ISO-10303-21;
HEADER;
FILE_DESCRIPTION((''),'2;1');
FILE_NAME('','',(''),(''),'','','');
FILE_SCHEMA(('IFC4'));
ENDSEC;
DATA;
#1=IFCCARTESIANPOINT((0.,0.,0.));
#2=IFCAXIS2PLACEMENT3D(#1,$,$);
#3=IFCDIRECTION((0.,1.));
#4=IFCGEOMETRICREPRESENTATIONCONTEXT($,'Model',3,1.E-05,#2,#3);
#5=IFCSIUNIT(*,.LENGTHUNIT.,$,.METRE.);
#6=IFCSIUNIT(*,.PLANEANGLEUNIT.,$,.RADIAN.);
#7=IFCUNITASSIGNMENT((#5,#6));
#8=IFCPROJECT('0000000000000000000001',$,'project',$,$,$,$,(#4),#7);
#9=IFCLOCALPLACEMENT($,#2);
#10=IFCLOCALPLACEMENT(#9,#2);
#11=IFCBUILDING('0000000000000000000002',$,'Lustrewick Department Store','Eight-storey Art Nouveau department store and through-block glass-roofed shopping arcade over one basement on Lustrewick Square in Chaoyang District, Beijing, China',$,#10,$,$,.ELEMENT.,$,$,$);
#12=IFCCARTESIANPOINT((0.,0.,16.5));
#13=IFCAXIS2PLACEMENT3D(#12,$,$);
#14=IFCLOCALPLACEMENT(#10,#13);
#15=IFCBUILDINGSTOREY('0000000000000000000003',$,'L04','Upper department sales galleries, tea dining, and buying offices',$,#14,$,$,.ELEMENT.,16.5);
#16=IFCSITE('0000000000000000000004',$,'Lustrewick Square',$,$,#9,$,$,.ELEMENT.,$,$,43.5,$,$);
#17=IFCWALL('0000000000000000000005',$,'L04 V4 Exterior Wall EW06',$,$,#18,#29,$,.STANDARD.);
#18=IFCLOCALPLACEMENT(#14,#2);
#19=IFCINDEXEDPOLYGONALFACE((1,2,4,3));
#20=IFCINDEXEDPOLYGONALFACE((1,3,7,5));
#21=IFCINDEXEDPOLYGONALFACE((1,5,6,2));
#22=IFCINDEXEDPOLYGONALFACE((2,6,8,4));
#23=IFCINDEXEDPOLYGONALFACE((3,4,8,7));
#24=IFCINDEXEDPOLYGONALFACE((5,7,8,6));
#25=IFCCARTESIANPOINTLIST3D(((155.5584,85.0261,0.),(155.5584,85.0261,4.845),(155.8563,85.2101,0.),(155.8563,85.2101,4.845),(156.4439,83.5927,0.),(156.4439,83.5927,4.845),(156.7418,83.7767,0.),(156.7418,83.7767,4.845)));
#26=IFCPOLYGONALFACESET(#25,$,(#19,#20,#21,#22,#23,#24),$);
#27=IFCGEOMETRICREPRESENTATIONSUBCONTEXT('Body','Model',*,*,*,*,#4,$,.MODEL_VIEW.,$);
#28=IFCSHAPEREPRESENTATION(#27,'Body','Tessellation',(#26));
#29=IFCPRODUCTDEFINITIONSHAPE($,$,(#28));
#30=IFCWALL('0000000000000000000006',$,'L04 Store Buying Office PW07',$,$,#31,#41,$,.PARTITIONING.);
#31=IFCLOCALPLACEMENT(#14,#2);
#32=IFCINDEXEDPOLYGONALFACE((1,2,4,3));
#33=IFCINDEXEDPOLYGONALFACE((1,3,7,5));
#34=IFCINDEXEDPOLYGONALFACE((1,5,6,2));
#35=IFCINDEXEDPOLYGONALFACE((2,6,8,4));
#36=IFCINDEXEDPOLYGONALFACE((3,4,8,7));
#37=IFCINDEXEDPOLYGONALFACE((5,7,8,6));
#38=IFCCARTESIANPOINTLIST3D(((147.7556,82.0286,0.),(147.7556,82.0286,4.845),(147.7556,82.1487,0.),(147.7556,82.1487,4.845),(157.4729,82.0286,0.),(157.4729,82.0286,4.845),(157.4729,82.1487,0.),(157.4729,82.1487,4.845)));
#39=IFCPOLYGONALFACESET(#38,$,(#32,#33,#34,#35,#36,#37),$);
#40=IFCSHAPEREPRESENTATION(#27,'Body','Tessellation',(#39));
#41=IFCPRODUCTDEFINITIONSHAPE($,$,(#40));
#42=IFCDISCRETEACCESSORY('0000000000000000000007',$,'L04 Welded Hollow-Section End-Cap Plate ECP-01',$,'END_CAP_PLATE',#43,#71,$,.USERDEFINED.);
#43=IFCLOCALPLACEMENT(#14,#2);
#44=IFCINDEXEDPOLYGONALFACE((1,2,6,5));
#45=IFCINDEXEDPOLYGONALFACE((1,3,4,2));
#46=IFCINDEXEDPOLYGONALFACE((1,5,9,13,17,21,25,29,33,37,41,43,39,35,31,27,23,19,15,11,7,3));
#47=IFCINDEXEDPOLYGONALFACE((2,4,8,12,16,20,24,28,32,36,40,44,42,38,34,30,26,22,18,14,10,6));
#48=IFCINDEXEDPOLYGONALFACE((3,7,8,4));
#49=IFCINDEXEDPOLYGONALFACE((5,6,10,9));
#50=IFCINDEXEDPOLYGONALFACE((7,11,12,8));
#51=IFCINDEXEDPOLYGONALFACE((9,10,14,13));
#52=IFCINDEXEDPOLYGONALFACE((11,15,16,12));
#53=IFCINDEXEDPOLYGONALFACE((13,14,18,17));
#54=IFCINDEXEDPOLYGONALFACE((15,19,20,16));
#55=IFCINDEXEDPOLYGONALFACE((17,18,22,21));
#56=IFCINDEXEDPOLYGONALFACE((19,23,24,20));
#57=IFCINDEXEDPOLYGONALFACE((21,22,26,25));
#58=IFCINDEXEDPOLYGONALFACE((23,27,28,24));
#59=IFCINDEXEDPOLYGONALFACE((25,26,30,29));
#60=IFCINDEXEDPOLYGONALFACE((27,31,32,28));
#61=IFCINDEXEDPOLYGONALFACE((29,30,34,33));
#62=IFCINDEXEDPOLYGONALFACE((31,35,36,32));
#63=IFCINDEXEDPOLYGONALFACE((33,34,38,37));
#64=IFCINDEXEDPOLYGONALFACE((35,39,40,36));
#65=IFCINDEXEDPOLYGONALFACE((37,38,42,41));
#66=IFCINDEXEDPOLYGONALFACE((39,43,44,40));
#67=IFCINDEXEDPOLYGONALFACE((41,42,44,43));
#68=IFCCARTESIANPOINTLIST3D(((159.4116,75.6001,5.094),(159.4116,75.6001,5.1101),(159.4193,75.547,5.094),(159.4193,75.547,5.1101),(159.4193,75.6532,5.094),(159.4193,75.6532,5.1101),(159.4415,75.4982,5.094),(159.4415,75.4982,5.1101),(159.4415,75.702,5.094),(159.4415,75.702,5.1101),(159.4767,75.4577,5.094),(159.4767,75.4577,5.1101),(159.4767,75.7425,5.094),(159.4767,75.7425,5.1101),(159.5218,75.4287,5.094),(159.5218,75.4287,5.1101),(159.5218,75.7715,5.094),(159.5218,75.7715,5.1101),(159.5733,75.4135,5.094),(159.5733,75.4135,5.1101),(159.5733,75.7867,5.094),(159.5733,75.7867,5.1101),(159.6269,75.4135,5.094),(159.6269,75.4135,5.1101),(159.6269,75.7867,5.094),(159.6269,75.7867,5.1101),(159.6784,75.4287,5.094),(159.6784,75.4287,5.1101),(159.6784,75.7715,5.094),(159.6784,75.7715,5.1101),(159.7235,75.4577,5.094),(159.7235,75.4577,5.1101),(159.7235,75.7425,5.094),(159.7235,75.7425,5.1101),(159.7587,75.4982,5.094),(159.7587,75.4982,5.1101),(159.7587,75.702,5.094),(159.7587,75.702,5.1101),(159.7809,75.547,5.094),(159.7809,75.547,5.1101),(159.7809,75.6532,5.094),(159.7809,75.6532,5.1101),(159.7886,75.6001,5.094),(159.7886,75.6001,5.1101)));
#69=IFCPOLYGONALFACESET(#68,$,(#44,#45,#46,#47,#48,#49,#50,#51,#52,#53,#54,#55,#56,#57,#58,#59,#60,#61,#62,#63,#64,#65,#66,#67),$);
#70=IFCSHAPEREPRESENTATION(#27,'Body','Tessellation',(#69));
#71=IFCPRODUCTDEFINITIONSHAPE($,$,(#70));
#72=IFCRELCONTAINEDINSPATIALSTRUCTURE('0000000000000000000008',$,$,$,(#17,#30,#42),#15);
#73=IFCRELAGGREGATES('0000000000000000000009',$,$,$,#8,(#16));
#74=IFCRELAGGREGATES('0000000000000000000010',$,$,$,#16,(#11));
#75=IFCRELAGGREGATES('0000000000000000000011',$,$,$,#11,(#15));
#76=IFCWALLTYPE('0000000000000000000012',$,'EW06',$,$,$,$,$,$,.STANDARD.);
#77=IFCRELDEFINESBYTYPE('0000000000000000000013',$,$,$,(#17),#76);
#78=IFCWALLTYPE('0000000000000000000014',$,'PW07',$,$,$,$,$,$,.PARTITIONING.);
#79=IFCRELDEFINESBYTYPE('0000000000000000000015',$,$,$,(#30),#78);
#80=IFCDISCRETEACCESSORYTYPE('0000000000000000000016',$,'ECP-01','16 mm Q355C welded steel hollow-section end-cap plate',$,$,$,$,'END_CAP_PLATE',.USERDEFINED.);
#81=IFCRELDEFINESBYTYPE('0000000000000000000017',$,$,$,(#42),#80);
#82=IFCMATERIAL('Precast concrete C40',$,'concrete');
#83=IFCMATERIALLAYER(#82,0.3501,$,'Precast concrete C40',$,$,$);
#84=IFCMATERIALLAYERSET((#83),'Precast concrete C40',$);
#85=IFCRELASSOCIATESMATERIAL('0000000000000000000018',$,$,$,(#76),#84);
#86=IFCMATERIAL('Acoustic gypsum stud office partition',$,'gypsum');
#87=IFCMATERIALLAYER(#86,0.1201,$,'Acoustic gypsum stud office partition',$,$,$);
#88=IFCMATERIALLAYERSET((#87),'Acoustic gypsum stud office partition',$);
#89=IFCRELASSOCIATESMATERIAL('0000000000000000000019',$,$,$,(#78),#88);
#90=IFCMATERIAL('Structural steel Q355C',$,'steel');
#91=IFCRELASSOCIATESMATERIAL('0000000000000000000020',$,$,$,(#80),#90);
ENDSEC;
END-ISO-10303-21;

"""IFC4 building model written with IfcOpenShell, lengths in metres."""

from ifc_helpers import new_model, si_unit, direction, frame, frame_2d, origin, origin_2d, place, context, subcontext, project, spatial, rectangle, circle, extrude, material, layer, layer_set, type_object, element, save


model = new_model("IFC4")

# Units and contexts
model_context = context("Model", 3, precision=1e-05, world=origin(), true_north=direction((0.0, 1.0)))
body_context = subcontext(model_context, "Body", "Model", "MODEL_VIEW")
ifc_project = project(units=[si_unit("LENGTHUNIT", "METRE"), si_unit("PLANEANGLEUNIT", "RADIAN")], contexts=[model_context])

# Site, building, storey
site_placement = place(None, origin())
site = spatial("IfcSite", under=ifc_project, at=site_placement, Name="Lustrewick Square", CompositionType="ELEMENT", RefElevation=43.5)
building_placement = place(site_placement, origin())
building = spatial("IfcBuilding", under=site, at=building_placement, Name="Lustrewick Department Store", Description="Eight-storey Art Nouveau department store and through-block glass-roofed shopping arcade over one basement on Lustrewick Square in Chaoyang District, Beijing, China", CompositionType="ELEMENT")
storey_placement = place(building_placement, frame((0.0, 0.0, 16.5)))
storey = spatial("IfcBuildingStorey", under=building, at=storey_placement, Name="L04", Description="Upper department sales galleries, tea dining, and buying offices", CompositionType="ELEMENT", Elevation=16.5)

# Walls
ifc_material_1 = material(Name="Precast concrete C40", Category="concrete")
ifc_layer_1 = layer(ifc_material_1, 0.3501, Name="Precast concrete C40")
ifc_layer_set_1 = layer_set([ifc_layer_1], Name="Precast concrete C40")
wall_type_1 = type_object("IfcWallType", Name="EW06", PredefinedType="STANDARD", material=ifc_layer_set_1)
for number, where, z_axis, x_axis, name in (
    (1, (156.5928, 83.6848, 0.0), (0.0, 0.0, 1.0), (-0.525576, 0.850747, 0.0), "L04 V4 Exterior Wall EW06"),
):
    element("IfcWall", number, at=place(storey_placement, frame(where, z_axis=z_axis, x_axis=x_axis)), inside=storey, type_object=wall_type_1, Name=name, PredefinedType="STANDARD", context=body_context, shape_type="SweptSolid", body=[
        extrude(rectangle(XDim=1.6848, YDim=0.3501, at=frame_2d((0.8423, 0.0))), origin(), (0.0, 0.0, 1.0), 4.845),
    ])
ifc_material_2 = material(Name="Acoustic gypsum stud office partition", Category="gypsum")
ifc_layer_2 = layer(ifc_material_2, 0.1201, Name="Acoustic gypsum stud office partition")
ifc_layer_set_2 = layer_set([ifc_layer_2], Name="Acoustic gypsum stud office partition")
wall_type_2 = type_object("IfcWallType", Name="PW07", PredefinedType="PARTITIONING", material=ifc_layer_set_2)
wall_1_placement = place(storey_placement, frame((157.4729, 82.0886, 0.0), z_axis=(0.0, 0.0, 1.0), x_axis=(-1.0, 0.0, 0.0)))
element("IfcWall", 2, at=wall_1_placement, inside=storey, type_object=wall_type_2, Name="L04 Store Buying Office PW07", PredefinedType="PARTITIONING", context=body_context, shape_type="SweptSolid", body=[
    extrude(rectangle(XDim=9.7173, YDim=0.1201, at=frame_2d((4.8586, 0.0))), origin(), (0.0, 0.0, 1.0), 4.845),
])

# Discrete accessory
ifc_material_3 = material(Name="Structural steel Q355C", Category="steel")
discrete_accessory_type = type_object("IfcDiscreteAccessoryType", Name="ECP-01", Description="16 mm Q355C welded steel hollow-section end-cap plate", ElementType="END_CAP_PLATE", PredefinedType="USERDEFINED", material=ifc_material_3)
discrete_accessory_placement = place(storey_placement, frame((159.6001, 75.6001, 5.094), z_axis=(0.0, 0.0, 1.0), x_axis=(1.0, 0.0, 0.0)))
element("IfcDiscreteAccessory", 3, at=discrete_accessory_placement, inside=storey, type_object=discrete_accessory_type, Name="L04 Welded Hollow-Section End-Cap Plate ECP-01", ObjectType="END_CAP_PLATE", PredefinedType="USERDEFINED", context=body_context, shape_type="SweptSolid", body=[
    extrude(circle(Radius=0.1885, at=origin_2d()), origin(), (0.0, 0.0, 1.0), 0.0161),
])

save(model, "model.ifc")
